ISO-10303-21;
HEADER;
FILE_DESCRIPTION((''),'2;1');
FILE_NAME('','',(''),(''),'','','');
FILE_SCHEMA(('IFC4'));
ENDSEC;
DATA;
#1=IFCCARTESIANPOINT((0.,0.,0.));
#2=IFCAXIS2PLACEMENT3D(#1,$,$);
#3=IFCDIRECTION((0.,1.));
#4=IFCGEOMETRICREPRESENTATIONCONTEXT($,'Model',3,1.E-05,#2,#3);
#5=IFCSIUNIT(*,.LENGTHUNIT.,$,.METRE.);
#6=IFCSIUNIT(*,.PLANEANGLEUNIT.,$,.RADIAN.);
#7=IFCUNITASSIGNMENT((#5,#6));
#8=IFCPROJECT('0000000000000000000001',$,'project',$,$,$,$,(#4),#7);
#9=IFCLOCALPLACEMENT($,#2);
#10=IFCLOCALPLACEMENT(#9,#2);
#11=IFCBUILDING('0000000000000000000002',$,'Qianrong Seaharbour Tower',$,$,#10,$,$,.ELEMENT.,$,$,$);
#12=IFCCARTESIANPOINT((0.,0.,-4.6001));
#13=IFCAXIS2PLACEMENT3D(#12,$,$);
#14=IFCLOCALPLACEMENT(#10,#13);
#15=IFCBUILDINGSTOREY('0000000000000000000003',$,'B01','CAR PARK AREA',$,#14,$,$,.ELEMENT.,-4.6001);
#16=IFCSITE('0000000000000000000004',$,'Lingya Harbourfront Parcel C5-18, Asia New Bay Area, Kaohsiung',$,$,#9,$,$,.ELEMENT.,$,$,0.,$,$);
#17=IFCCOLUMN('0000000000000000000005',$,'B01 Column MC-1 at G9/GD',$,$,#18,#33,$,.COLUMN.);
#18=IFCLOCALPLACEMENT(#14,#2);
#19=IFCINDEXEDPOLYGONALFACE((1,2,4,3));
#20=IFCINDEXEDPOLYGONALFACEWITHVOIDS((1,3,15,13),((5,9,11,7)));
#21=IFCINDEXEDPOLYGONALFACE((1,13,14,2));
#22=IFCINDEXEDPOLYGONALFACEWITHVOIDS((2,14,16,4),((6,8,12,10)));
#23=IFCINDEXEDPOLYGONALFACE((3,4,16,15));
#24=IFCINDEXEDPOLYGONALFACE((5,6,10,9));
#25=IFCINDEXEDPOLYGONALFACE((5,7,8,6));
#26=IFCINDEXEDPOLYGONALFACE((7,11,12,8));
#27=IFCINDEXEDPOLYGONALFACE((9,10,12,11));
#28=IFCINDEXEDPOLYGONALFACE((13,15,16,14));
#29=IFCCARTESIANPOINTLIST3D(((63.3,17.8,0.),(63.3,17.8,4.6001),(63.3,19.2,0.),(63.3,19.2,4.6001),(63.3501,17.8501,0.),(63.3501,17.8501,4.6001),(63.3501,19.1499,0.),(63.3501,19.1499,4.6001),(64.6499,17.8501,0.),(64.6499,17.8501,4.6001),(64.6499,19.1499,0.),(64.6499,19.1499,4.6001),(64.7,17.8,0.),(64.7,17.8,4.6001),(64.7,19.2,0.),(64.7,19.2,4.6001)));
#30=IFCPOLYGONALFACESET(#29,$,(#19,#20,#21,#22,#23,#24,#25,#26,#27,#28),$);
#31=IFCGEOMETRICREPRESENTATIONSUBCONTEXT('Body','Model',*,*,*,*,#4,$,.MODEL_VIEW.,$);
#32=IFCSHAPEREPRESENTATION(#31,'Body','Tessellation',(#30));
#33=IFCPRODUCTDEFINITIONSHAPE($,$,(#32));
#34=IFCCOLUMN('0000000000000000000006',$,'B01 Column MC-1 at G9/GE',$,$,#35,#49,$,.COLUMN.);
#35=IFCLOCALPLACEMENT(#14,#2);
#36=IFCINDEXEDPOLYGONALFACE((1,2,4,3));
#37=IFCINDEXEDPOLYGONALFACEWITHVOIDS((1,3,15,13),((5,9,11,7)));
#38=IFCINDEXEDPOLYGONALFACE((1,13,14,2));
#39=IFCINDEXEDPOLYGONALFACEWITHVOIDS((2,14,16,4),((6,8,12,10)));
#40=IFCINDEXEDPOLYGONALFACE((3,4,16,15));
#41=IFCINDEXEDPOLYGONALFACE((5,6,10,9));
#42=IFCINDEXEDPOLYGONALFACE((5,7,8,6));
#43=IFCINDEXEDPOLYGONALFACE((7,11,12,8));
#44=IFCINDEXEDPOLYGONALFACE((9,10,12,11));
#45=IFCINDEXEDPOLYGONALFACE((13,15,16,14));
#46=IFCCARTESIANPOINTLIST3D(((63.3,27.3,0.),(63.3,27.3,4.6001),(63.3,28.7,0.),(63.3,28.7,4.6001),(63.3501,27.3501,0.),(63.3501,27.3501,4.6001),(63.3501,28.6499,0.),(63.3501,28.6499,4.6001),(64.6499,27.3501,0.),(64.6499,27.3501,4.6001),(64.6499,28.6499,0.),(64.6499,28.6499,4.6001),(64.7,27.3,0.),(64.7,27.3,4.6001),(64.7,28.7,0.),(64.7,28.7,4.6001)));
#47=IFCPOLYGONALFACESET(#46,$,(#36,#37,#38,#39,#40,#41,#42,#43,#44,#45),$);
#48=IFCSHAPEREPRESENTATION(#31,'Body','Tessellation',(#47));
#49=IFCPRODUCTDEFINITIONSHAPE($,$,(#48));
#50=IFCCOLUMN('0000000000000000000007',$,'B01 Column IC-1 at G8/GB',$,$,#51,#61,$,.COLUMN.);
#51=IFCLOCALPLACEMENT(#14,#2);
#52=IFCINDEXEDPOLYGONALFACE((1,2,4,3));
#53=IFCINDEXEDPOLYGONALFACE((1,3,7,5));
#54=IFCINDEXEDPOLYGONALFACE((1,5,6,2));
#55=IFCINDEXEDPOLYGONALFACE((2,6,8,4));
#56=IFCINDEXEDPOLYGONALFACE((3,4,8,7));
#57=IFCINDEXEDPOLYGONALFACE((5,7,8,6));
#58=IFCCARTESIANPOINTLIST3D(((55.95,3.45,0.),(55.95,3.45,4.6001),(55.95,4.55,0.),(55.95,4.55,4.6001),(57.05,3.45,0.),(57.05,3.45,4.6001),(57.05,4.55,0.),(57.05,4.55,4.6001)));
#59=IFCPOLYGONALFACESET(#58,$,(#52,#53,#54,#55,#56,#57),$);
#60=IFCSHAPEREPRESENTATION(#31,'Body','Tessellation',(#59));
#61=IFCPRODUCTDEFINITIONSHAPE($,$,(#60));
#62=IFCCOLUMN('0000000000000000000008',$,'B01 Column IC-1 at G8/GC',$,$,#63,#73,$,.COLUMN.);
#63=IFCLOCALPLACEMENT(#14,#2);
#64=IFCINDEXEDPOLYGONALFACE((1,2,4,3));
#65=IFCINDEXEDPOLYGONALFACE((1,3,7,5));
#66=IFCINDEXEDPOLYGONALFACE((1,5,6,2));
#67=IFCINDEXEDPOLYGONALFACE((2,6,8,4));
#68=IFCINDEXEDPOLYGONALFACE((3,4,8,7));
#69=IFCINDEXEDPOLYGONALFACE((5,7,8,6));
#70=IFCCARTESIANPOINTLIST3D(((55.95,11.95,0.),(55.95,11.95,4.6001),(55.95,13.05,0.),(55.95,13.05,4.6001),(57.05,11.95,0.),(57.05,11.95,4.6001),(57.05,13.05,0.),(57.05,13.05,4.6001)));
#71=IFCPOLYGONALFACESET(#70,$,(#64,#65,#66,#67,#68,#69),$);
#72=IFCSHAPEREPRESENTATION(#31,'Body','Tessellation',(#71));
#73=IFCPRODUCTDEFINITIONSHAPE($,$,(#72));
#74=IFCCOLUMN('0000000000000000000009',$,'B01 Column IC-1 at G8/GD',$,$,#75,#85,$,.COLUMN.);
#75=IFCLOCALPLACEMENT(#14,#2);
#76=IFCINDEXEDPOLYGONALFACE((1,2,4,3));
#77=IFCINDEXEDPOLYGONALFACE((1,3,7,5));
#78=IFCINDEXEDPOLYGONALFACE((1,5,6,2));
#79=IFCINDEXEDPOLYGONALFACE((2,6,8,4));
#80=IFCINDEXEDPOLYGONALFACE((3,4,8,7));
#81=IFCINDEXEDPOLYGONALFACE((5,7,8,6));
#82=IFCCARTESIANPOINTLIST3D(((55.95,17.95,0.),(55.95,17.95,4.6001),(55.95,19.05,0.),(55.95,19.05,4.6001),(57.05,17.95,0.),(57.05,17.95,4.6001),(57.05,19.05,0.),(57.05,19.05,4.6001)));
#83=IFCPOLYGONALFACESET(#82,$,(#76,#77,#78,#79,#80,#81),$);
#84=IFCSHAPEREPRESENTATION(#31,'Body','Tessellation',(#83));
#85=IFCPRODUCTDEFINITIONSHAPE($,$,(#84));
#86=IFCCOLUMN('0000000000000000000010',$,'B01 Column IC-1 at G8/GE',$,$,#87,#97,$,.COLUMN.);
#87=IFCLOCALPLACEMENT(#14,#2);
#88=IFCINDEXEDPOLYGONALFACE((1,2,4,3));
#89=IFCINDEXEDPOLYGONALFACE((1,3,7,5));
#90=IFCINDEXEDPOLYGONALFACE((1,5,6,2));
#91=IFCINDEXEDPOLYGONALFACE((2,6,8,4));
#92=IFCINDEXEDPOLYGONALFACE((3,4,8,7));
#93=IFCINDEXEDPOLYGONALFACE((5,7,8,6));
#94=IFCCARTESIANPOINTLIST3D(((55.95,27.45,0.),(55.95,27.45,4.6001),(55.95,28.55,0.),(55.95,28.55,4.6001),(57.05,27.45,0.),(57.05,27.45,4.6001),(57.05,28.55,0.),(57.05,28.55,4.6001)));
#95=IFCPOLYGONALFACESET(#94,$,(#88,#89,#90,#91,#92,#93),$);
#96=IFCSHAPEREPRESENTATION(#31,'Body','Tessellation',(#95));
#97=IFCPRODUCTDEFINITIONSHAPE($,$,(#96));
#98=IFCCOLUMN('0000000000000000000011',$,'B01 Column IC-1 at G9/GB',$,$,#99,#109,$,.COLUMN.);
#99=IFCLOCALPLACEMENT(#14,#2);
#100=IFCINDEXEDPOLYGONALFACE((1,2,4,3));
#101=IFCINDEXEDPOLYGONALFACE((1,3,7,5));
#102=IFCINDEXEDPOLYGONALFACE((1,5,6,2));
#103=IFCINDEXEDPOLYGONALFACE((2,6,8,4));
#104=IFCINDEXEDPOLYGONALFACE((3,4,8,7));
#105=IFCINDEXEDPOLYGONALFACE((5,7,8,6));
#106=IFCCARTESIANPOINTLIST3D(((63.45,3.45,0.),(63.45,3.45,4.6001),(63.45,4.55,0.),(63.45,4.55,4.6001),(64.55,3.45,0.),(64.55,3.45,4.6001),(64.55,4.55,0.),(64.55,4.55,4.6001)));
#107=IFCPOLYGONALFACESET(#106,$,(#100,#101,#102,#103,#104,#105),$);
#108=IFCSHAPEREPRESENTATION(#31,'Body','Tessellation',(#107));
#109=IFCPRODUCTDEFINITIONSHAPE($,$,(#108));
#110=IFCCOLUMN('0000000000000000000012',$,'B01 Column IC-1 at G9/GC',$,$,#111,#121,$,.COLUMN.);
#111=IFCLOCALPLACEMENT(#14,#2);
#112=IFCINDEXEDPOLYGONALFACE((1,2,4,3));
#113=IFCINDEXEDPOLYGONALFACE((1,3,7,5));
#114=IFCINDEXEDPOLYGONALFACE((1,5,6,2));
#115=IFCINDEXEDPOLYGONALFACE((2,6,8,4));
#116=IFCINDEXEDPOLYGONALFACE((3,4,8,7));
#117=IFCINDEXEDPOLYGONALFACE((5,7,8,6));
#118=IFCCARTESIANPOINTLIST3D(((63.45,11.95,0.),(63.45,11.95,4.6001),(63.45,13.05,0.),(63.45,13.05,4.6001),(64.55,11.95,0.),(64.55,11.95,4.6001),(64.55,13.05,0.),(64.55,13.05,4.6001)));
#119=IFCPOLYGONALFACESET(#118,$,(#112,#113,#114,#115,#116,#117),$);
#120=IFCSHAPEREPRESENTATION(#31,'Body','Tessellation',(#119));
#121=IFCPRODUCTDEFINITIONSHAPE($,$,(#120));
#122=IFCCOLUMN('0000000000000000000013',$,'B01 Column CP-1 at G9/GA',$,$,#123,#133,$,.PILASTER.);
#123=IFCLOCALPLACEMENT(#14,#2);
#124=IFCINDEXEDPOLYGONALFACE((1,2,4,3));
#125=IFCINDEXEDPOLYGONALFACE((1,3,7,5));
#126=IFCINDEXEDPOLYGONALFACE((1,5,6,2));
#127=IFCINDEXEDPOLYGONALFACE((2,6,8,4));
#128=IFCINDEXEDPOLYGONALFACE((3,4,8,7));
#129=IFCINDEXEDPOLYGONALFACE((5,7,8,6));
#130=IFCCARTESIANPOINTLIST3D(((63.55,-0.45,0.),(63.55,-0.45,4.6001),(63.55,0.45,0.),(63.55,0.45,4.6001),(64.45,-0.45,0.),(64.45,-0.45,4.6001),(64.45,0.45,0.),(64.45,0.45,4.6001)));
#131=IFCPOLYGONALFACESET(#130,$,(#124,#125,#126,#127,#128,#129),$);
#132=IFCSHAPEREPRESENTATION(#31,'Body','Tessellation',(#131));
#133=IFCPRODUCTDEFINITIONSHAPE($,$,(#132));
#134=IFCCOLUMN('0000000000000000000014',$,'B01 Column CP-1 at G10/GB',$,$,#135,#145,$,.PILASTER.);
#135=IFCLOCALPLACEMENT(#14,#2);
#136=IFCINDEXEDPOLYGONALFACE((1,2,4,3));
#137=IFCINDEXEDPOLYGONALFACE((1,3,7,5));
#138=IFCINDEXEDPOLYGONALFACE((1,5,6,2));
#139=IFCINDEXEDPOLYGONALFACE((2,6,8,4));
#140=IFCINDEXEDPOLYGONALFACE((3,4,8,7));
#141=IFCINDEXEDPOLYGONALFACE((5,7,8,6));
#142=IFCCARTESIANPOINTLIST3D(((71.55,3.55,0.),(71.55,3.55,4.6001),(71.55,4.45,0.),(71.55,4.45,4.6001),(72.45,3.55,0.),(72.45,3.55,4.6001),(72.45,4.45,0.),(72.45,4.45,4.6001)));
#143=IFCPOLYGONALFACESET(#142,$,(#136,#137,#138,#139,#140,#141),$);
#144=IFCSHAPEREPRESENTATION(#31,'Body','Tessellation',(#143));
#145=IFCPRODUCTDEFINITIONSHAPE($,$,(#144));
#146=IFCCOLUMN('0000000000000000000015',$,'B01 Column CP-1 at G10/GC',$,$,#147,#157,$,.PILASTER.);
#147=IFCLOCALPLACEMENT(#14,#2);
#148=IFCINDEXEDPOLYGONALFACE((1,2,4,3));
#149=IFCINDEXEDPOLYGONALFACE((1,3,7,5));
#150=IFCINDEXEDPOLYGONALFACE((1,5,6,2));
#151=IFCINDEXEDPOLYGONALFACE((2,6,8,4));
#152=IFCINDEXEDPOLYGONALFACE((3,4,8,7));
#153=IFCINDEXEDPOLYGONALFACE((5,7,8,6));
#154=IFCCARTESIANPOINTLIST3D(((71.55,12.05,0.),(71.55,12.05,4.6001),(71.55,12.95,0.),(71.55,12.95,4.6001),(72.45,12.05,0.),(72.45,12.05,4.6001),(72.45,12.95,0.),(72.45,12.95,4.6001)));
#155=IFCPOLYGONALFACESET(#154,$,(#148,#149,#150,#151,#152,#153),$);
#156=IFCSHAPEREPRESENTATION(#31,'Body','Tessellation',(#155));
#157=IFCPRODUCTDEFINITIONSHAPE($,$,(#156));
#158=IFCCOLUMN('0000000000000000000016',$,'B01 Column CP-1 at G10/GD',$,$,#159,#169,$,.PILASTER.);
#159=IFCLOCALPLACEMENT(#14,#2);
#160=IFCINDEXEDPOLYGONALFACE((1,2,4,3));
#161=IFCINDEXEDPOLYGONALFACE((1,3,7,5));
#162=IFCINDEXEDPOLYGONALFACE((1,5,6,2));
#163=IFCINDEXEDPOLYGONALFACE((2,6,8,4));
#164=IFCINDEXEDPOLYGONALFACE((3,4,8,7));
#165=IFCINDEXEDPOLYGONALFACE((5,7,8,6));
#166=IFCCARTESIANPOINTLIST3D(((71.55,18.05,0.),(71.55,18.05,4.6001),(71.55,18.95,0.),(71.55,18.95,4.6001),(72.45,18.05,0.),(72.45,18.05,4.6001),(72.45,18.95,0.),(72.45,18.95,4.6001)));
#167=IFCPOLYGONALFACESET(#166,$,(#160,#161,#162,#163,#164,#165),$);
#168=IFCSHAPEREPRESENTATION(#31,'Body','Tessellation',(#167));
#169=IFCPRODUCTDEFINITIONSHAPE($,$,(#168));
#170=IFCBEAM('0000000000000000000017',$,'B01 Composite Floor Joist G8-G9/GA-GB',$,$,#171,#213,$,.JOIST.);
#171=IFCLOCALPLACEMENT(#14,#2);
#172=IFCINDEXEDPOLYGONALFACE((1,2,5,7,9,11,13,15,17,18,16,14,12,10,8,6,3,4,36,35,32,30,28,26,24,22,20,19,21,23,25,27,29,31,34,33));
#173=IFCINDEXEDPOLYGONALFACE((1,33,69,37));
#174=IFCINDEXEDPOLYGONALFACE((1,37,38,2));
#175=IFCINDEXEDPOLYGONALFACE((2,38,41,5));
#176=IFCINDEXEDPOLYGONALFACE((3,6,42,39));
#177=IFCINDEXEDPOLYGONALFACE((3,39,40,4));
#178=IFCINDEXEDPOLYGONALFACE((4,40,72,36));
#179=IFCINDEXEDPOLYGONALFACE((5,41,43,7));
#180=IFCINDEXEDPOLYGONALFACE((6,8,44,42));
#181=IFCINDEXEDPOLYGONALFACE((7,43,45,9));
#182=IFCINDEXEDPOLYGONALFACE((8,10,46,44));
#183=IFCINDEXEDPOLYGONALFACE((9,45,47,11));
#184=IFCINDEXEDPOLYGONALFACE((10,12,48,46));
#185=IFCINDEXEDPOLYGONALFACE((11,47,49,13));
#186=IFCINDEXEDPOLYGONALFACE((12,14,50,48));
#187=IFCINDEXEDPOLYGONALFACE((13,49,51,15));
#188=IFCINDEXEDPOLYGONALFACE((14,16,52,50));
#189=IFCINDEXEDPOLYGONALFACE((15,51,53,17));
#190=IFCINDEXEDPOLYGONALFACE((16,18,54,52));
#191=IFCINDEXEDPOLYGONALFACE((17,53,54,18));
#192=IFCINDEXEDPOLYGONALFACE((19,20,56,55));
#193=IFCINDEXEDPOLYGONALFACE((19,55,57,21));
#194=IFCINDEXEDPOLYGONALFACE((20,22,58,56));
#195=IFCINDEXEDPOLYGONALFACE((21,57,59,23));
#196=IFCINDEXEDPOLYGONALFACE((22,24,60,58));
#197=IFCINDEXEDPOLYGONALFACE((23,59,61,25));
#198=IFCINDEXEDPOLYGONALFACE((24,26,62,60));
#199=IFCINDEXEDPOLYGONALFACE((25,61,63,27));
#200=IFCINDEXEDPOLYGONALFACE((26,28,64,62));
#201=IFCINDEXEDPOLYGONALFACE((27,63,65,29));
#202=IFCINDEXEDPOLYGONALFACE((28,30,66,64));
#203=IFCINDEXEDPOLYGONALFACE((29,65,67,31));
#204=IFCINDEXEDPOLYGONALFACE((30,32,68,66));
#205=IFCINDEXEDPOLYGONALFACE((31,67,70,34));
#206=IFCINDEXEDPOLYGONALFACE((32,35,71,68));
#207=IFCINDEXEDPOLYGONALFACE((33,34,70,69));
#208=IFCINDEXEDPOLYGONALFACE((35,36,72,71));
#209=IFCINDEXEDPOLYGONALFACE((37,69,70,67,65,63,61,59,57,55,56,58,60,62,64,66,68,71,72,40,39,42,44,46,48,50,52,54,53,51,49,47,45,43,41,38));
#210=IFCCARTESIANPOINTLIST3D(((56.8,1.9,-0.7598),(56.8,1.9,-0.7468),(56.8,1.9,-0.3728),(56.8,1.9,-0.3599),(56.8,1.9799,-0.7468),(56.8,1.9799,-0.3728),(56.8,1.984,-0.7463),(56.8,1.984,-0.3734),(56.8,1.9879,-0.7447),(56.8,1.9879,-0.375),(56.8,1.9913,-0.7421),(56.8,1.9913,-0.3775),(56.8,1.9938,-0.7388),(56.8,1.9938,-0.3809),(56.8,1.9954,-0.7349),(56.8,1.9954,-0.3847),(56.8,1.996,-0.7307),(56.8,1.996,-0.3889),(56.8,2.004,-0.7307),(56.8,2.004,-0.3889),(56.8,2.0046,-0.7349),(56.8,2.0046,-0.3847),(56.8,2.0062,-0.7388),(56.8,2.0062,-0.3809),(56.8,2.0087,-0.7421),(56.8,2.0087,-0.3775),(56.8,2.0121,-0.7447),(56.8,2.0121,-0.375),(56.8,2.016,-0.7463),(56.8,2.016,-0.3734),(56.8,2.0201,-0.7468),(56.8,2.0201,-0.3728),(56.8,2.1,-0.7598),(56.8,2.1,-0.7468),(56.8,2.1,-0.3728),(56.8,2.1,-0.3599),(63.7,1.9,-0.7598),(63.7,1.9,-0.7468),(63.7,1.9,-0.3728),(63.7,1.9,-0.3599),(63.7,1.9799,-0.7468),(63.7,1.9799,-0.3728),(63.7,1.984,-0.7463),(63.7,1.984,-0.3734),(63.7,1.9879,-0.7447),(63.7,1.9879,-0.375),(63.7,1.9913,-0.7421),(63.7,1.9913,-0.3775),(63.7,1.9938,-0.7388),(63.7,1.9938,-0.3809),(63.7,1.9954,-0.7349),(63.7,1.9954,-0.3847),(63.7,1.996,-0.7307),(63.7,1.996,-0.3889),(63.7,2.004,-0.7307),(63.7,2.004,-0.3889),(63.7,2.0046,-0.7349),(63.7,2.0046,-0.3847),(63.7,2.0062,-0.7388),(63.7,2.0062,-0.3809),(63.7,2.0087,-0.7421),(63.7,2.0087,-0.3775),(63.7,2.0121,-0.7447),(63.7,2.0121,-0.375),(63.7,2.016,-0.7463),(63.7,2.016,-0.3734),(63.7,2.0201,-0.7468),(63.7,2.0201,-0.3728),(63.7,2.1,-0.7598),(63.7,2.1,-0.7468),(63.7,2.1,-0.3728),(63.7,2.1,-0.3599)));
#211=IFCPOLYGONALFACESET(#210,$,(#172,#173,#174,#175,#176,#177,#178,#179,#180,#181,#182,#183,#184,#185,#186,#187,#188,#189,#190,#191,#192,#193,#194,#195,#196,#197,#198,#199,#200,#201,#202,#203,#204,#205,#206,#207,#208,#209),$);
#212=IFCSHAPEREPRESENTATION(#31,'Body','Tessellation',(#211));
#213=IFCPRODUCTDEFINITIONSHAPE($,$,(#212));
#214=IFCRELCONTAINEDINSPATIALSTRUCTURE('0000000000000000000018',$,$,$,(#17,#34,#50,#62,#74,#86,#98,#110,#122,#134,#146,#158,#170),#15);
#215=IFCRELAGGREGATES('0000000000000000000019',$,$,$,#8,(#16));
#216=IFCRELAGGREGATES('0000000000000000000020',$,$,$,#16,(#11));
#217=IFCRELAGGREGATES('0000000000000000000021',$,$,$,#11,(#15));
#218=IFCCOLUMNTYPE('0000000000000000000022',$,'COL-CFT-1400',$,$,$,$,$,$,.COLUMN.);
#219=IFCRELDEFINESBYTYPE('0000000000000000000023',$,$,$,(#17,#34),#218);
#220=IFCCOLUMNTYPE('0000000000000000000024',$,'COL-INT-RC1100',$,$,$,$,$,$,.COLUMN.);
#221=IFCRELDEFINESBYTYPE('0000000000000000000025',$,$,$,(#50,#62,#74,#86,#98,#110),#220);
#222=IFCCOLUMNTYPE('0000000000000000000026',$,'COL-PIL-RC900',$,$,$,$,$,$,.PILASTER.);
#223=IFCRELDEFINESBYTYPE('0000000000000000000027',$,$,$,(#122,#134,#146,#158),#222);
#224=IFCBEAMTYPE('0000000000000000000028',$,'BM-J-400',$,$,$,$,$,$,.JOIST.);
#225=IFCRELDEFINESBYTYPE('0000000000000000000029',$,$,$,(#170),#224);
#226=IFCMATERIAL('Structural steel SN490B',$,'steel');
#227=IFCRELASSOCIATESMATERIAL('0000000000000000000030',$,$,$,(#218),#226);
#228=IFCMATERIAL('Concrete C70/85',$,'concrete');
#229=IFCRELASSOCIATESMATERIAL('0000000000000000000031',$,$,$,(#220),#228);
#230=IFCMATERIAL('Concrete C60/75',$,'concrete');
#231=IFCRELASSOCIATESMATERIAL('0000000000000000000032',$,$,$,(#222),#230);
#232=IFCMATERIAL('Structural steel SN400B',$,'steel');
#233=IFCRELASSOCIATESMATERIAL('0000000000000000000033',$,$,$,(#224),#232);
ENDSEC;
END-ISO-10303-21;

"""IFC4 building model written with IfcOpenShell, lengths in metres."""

from ifc_helpers import new_model, si_unit, direction, frame, origin, origin_2d, place, context, subcontext, project, spatial, rectangle, hollow_rectangle, i_section, extrude, material, material_profile, profile_set, type_object, element, save


model = new_model("IFC4")

# Units and contexts
model_context = context("Model", 3, precision=1e-05, world=origin(), true_north=direction((0.0, 1.0)))
body_context = subcontext(model_context, "Body", "Model", "MODEL_VIEW")
ifc_project = project(units=[si_unit("LENGTHUNIT", "METRE"), si_unit("PLANEANGLEUNIT", "RADIAN")], contexts=[model_context])

# Site, building, storey
site_placement = place(None, origin())
site = spatial("IfcSite", under=ifc_project, at=site_placement, Name="Lingya Harbourfront Parcel C5-18, Asia New Bay Area, Kaohsiung", CompositionType="ELEMENT", RefElevation=0.0)
building_placement = place(site_placement, origin())
building = spatial("IfcBuilding", under=site, at=building_placement, Name="Qianrong Seaharbour Tower", CompositionType="ELEMENT")
storey_placement = place(building_placement, frame((0.0, 0.0, -4.6001)))
storey = spatial("IfcBuildingStorey", under=building, at=storey_placement, Name="B01", Description="CAR PARK AREA", CompositionType="ELEMENT", Elevation=-4.6001)

# Columns
ifc_material_1 = material(Name="Structural steel SN490B", Category="steel")
ifc_material_profile_1 = material_profile(ifc_material_1, hollow_rectangle(XDim=1.3999, YDim=1.3999, WallThickness=0.05, at=origin_2d()), Name="BOX1400x1400x50")
ifc_profile_set_1 = profile_set([ifc_material_profile_1], Name="Structural steel SN490B")
column_type_1 = type_object("IfcColumnType", Name="COL-CFT-1400", PredefinedType="COLUMN", material=ifc_profile_set_1)
for number, where, z_axis, x_axis, name in (
    (1, (64.0, 18.5, 0.0), (0.0, 0.0, 1.0), (1.0, 0.0, 0.0), "B01 Column MC-1 at G9/GD"),
    (2, (64.0, 28.0, 0.0), (0.0, 0.0, 1.0), (1.0, 0.0, 0.0), "B01 Column MC-1 at G9/GE"),
):
    element("IfcColumn", number, at=place(storey_placement, frame(where, z_axis=z_axis, x_axis=x_axis)), inside=storey, type_object=column_type_1, Name=name, PredefinedType="COLUMN", context=body_context, shape_type="SweptSolid", body=[
        extrude(hollow_rectangle(XDim=1.3999, YDim=1.3999, WallThickness=0.05, at=origin_2d()), origin(), (0.0, 0.0, 1.0), 4.6001),
    ])
ifc_material_2 = material(Name="Concrete C70/85", Category="concrete")
ifc_material_profile_2 = material_profile(ifc_material_2, rectangle(XDim=1.1001, YDim=1.1001, at=origin_2d()), Name="RC1100x1100")
ifc_profile_set_2 = profile_set([ifc_material_profile_2], Name="Concrete C70/85")
column_type_2 = type_object("IfcColumnType", Name="COL-INT-RC1100", PredefinedType="COLUMN", material=ifc_profile_set_2)
for number, where, z_axis, x_axis, name in (
    (3, (56.5, 4.0, 0.0), (0.0, 0.0, 1.0), (1.0, 0.0, 0.0), "B01 Column IC-1 at G8/GB"),
    (4, (56.5, 12.5, 0.0), (0.0, 0.0, 1.0), (1.0, 0.0, 0.0), "B01 Column IC-1 at G8/GC"),
    (5, (56.5, 18.5, 0.0), (0.0, 0.0, 1.0), (1.0, 0.0, 0.0), "B01 Column IC-1 at G8/GD"),
    (6, (56.5, 28.0, 0.0), (0.0, 0.0, 1.0), (1.0, 0.0, 0.0), "B01 Column IC-1 at G8/GE"),
    (7, (64.0, 4.0, 0.0), (0.0, 0.0, 1.0), (1.0, 0.0, 0.0), "B01 Column IC-1 at G9/GB"),
    (8, (64.0, 12.5, 0.0), (0.0, 0.0, 1.0), (1.0, 0.0, 0.0), "B01 Column IC-1 at G9/GC"),
):
    element("IfcColumn", number, at=place(storey_placement, frame(where, z_axis=z_axis, x_axis=x_axis)), inside=storey, type_object=column_type_2, Name=name, PredefinedType="COLUMN", context=body_context, shape_type="SweptSolid", body=[
        extrude(rectangle(XDim=1.1001, YDim=1.1001, at=origin_2d()), origin(), (0.0, 0.0, 1.0), 4.6001),
    ])
ifc_material_3 = material(Name="Concrete C60/75", Category="concrete")
ifc_material_profile_3 = material_profile(ifc_material_3, rectangle(XDim=0.8999, YDim=0.8999, at=origin_2d()), Name="RC900x900")
ifc_profile_set_3 = profile_set([ifc_material_profile_3], Name="Concrete C60/75")
column_type_3 = type_object("IfcColumnType", Name="COL-PIL-RC900", PredefinedType="PILASTER", material=ifc_profile_set_3)
for number, where, z_axis, x_axis, name in (
    (9, (64.0, 0.0, 0.0), (0.0, 0.0, 1.0), (1.0, 0.0, 0.0), "B01 Column CP-1 at G9/GA"),
    (10, (72.0, 4.0, 0.0), (0.0, 0.0, 1.0), (1.0, 0.0, 0.0), "B01 Column CP-1 at G10/GB"),
    (11, (72.0, 12.5, 0.0), (0.0, 0.0, 1.0), (1.0, 0.0, 0.0), "B01 Column CP-1 at G10/GC"),
    (12, (72.0, 18.5, 0.0), (0.0, 0.0, 1.0), (1.0, 0.0, 0.0), "B01 Column CP-1 at G10/GD"),
):
    element("IfcColumn", number, at=place(storey_placement, frame(where, z_axis=z_axis, x_axis=x_axis)), inside=storey, type_object=column_type_3, Name=name, PredefinedType="PILASTER", context=body_context, shape_type="SweptSolid", body=[
        extrude(rectangle(XDim=0.8999, YDim=0.8999, at=origin_2d()), origin(), (0.0, 0.0, 1.0), 4.6001),
    ])

# Beam
ifc_material_4 = material(Name="Structural steel SN400B", Category="steel")
ifc_material_profile_4 = material_profile(ifc_material_4, i_section(OverallWidth=0.2, OverallDepth=0.3999, WebThickness=0.0081, FlangeThickness=0.0129, FilletRadius=0.0161, at=origin_2d()), Name="H400x200x8x13")
ifc_profile_set_4 = profile_set([ifc_material_profile_4], Name="Structural steel SN400B")
beam_type_1 = type_object("IfcBeamType", Name="BM-J-400", PredefinedType="JOIST", material=ifc_profile_set_4)
for number, where, z_axis, x_axis, name in (
    (13, (56.8, 2.0, -0.5598), (1.0, 0.0, 0.0), (0.0, 1.0, 0.0), "B01 Composite Floor Joist G8-G9/GA-GB"),
):
    element("IfcBeam", number, at=place(storey_placement, frame(where, z_axis=z_axis, x_axis=x_axis)), inside=storey, type_object=beam_type_1, Name=name, PredefinedType="JOIST", context=body_context, shape_type="SweptSolid", body=[
        extrude(i_section(OverallWidth=0.2, OverallDepth=0.3999, WebThickness=0.0081, FlangeThickness=0.0129, FilletRadius=0.0161, at=origin_2d()), origin(), (0.0, 0.0, 1.0), 6.8999),
    ])

save(model, "model.ifc")
